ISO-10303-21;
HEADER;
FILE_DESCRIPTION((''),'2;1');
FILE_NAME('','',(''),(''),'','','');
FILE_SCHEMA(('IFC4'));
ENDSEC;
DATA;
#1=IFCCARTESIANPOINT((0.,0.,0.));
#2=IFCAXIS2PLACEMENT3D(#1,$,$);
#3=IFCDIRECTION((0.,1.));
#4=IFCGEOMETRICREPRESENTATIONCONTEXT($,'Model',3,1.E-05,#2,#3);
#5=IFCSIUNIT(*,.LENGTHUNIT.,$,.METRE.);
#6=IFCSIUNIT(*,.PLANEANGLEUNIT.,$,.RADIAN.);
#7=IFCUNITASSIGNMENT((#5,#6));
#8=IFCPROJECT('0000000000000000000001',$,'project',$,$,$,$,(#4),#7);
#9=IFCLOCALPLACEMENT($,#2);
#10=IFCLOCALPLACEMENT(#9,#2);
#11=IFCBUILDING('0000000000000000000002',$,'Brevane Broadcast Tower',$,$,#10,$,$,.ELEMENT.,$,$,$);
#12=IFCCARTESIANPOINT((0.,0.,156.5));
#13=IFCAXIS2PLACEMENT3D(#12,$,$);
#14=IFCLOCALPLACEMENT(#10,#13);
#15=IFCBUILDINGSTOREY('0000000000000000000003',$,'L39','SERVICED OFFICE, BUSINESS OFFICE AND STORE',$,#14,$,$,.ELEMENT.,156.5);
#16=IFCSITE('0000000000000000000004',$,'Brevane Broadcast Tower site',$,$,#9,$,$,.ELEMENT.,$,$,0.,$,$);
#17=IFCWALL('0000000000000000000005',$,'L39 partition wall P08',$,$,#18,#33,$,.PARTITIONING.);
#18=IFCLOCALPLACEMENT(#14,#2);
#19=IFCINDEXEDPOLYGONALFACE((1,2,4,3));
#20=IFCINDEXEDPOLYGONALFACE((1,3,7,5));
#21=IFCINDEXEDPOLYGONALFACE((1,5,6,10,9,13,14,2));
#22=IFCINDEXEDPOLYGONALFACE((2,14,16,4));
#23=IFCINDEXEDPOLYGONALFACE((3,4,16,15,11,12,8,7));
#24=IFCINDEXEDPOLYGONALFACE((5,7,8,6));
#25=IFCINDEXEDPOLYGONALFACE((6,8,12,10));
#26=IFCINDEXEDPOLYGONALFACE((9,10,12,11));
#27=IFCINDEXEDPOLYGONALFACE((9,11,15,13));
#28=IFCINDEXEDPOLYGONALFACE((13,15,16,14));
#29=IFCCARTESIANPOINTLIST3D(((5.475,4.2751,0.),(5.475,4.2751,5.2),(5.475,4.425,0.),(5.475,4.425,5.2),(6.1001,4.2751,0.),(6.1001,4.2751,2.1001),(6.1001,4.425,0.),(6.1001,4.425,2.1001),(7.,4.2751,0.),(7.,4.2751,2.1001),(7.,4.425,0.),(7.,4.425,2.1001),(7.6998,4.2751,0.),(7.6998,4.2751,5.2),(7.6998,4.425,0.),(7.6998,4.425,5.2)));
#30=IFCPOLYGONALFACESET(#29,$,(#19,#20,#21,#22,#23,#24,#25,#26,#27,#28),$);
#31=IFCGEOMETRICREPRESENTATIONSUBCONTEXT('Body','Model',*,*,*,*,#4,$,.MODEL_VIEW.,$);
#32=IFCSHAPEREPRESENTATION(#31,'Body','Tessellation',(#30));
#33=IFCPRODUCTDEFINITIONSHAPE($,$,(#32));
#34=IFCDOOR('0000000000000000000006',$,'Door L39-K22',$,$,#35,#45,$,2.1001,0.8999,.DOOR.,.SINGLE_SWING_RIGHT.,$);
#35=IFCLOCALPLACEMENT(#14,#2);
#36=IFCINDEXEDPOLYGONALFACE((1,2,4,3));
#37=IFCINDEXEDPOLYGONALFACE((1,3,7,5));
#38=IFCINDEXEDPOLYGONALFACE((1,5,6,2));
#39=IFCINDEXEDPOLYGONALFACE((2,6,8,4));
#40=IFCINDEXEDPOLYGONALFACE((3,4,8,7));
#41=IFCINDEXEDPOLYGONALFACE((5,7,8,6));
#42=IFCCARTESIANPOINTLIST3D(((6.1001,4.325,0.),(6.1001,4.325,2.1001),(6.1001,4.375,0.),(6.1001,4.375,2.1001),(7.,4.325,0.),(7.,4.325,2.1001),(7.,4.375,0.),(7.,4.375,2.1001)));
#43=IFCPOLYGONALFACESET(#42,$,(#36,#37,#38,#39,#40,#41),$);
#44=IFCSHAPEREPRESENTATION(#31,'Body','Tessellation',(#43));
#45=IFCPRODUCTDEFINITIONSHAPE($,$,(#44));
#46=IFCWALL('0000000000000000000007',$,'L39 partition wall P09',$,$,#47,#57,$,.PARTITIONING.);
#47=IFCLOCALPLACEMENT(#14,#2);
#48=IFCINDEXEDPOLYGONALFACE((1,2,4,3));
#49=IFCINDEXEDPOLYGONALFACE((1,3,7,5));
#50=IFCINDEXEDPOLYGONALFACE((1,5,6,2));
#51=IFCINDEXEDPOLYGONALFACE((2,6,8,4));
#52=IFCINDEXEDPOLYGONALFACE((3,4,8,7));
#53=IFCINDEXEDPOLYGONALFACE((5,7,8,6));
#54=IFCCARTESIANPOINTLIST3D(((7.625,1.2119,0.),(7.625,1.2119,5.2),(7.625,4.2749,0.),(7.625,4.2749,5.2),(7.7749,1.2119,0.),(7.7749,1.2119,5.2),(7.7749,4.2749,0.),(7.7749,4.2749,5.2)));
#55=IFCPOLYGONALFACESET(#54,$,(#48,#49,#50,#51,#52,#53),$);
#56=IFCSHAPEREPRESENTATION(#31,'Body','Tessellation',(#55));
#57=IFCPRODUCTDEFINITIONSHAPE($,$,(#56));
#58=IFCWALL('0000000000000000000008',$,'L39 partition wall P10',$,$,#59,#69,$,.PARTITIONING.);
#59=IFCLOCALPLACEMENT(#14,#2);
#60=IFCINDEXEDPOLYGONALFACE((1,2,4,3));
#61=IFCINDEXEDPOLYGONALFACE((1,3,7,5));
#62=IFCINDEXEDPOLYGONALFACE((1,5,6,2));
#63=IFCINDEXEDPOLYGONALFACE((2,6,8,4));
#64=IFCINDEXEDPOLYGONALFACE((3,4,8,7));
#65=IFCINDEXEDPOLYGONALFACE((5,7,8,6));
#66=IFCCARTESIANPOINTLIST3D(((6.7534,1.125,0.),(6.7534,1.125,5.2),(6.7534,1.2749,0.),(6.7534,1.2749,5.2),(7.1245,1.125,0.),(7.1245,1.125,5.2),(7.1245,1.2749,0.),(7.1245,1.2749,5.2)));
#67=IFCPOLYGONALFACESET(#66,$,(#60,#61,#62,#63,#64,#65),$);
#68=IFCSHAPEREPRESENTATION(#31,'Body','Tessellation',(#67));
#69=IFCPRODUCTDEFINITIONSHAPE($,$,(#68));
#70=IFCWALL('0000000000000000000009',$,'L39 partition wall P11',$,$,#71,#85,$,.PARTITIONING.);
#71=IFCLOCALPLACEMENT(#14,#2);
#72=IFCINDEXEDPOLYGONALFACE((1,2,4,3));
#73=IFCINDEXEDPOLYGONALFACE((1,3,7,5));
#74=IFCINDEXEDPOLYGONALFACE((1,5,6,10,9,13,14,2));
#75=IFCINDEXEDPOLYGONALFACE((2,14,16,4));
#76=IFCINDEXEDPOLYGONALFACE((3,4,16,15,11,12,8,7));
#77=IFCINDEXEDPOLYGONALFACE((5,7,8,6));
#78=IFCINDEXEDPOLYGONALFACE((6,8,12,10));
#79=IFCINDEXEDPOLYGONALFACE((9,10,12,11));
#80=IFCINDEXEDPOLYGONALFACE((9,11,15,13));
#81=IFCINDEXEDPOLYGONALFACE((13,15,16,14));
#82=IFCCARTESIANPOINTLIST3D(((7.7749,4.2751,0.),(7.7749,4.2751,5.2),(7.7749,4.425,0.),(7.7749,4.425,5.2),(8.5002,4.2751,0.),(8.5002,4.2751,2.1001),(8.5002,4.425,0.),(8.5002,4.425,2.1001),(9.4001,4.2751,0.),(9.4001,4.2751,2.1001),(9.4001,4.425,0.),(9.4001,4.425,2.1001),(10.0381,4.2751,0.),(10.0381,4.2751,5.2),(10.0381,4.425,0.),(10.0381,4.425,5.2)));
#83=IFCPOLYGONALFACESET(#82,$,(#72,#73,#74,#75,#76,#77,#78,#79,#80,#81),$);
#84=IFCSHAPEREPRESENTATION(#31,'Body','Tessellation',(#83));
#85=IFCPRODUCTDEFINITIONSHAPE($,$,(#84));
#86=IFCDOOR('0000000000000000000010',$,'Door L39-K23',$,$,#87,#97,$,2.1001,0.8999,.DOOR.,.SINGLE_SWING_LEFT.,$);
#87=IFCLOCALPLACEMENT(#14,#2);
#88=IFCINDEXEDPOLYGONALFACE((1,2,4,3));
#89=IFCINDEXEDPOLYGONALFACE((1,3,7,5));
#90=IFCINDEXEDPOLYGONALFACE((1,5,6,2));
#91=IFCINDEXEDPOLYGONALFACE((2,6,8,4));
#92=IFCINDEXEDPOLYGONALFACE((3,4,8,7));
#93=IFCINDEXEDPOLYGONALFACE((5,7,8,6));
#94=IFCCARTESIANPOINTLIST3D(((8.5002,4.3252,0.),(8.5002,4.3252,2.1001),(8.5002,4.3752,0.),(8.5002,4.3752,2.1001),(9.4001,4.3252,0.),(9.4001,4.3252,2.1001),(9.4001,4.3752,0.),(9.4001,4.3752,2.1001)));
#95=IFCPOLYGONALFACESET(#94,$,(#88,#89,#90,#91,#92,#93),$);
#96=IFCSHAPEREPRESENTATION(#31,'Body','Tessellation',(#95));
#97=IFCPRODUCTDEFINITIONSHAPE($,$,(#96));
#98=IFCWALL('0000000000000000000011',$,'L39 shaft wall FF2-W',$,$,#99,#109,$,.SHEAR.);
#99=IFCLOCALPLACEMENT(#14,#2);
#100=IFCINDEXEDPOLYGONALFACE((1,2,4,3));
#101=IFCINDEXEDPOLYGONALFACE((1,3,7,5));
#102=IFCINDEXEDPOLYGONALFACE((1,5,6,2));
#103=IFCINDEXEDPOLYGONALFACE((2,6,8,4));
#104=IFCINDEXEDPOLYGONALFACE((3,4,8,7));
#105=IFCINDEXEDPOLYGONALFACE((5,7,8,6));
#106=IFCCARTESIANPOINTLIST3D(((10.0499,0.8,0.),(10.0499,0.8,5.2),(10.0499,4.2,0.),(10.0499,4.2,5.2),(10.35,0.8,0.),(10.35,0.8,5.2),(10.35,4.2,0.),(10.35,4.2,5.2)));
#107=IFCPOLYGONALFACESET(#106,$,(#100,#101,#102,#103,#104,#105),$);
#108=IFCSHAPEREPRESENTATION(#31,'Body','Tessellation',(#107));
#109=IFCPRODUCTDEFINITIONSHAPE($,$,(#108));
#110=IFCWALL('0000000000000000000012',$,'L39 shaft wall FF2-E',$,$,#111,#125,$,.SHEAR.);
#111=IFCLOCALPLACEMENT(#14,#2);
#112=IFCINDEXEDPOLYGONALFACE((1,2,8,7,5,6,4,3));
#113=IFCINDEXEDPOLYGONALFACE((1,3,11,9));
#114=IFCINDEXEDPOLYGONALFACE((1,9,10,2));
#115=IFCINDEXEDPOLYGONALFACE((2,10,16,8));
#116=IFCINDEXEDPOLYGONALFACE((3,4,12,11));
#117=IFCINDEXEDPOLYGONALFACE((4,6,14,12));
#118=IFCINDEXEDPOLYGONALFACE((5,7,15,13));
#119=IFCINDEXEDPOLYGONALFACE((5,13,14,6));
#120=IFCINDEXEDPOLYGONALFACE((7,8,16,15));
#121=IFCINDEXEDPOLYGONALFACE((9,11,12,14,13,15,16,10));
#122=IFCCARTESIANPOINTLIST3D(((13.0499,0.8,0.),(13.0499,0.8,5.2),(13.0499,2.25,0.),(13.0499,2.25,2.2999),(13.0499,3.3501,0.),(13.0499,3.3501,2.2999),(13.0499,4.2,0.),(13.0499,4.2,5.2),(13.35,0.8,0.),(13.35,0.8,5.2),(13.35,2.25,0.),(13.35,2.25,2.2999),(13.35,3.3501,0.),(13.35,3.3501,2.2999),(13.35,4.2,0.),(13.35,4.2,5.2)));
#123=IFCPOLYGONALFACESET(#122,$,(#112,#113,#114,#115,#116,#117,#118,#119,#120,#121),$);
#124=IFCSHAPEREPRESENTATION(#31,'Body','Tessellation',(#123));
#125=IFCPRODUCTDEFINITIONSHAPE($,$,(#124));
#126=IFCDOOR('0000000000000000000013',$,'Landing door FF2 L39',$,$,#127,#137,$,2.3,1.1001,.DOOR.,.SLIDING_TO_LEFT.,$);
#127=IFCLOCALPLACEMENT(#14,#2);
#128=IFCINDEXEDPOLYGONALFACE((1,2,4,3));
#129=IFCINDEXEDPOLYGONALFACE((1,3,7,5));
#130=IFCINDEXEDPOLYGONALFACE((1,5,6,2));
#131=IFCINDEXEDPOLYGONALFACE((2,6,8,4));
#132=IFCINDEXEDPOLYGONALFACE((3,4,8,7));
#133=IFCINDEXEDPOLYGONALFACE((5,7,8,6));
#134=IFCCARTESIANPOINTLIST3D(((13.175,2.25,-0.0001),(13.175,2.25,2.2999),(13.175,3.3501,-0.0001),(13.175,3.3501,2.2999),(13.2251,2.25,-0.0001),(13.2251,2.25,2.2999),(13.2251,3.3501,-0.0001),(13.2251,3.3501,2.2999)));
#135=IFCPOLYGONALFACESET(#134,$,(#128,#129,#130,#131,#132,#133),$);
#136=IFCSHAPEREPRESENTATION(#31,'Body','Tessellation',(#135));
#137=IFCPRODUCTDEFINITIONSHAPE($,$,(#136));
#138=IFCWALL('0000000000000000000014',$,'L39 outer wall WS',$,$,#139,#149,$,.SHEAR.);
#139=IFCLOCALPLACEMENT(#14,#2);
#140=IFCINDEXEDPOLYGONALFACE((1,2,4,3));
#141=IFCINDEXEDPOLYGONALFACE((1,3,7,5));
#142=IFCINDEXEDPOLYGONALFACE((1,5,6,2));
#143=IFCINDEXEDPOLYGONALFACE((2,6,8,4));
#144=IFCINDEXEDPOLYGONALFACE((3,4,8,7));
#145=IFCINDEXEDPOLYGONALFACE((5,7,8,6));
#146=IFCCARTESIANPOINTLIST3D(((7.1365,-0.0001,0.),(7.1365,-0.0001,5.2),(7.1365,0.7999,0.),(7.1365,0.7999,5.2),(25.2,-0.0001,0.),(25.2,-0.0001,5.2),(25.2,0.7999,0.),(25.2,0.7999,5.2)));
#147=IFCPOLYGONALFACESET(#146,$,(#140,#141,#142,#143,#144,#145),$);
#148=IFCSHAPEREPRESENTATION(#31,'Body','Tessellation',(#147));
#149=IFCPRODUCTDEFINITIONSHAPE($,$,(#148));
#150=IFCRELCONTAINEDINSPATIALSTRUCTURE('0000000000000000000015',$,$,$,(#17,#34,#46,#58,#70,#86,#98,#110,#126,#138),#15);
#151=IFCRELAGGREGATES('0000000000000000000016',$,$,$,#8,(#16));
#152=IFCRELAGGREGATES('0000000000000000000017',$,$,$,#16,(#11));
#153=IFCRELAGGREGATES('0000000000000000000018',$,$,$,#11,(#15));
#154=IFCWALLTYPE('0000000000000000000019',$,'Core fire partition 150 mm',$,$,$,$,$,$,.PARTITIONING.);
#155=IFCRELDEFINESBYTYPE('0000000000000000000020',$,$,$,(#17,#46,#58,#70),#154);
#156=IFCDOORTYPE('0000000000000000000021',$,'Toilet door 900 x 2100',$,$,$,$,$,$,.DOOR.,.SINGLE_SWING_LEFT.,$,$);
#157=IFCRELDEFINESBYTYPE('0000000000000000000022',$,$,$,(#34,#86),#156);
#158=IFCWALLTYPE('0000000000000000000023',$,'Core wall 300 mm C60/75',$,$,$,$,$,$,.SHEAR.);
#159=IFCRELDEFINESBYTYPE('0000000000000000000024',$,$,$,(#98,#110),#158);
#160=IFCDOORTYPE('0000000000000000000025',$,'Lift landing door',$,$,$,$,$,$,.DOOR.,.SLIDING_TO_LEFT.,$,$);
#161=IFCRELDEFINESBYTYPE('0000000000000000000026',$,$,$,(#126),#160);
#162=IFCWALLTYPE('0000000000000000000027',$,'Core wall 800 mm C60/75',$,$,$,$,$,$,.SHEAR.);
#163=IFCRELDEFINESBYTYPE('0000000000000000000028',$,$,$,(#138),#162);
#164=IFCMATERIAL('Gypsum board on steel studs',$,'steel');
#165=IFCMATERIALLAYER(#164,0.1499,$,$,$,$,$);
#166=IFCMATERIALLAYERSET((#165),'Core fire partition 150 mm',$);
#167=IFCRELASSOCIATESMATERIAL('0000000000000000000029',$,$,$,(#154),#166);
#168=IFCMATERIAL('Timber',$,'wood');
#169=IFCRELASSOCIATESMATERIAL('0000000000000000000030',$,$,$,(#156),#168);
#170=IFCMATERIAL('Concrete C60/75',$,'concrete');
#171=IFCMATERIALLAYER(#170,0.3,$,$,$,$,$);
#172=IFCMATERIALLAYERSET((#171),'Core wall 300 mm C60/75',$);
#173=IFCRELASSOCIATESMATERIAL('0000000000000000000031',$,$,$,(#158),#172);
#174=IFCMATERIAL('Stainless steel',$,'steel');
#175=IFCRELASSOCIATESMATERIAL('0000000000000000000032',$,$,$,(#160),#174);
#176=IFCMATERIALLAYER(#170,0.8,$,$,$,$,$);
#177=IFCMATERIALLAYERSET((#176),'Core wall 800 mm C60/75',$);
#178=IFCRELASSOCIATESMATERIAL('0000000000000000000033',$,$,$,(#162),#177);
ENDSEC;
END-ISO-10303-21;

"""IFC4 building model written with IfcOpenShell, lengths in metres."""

from ifc_helpers import new_model, si_unit, direction, frame, frame_2d, origin, place, context, subcontext, project, spatial, rectangle, extrude, material, layer, layer_set, type_object, element, fill, save


model = new_model("IFC4")

# Units and contexts
model_context = context("Model", 3, precision=1e-05, world=origin(), true_north=direction((0.0, 1.0)))
body_context = subcontext(model_context, "Body", "Model", "MODEL_VIEW")
ifc_project = project(units=[si_unit("LENGTHUNIT", "METRE"), si_unit("PLANEANGLEUNIT", "RADIAN")], contexts=[model_context])

# Site, building, storey
site_placement = place(None, origin())
site = spatial("IfcSite", under=ifc_project, at=site_placement, Name="Brevane Broadcast Tower site", CompositionType="ELEMENT", RefElevation=0.0)
building_placement = place(site_placement, origin())
building = spatial("IfcBuilding", under=site, at=building_placement, Name="Brevane Broadcast Tower", CompositionType="ELEMENT")
storey_placement = place(building_placement, frame((0.0, 0.0, 156.5)))
storey = spatial("IfcBuildingStorey", under=building, at=storey_placement, Name="L39", Description="SERVICED OFFICE, BUSINESS OFFICE AND STORE", CompositionType="ELEMENT", Elevation=156.5)

# Shared definitions
ifc_material_1 = material(Name="Gypsum board on steel studs", Category="steel")
ifc_layer_1 = layer(ifc_material_1, 0.1499)
ifc_layer_set_1 = layer_set([ifc_layer_1], Name="Core fire partition 150 mm")
wall_type_1 = type_object("IfcWallType", Name="Core fire partition 150 mm", PredefinedType="PARTITIONING", material=ifc_layer_set_1)

# Wall, opening, door
wall_1_placement = place(storey_placement, frame((5.4751, 4.3501, 0.0), z_axis=(0.0, 0.0, 1.0), x_axis=(1.0, 0.0, 0.0)))
wall_1 = element("IfcWall", 1, at=wall_1_placement, inside=storey, type_object=wall_type_1, Name="L39 partition wall P08", PredefinedType="PARTITIONING", context=body_context, shape_type="SweptSolid", body=[
    extrude(rectangle(XDim=2.2249, YDim=0.1499, at=frame_2d((1.1123, 0.0))), origin(), (0.0, 0.0, 1.0), 5.2),
])
opening_1_placement = place(wall_1_placement, frame((0.625, 0.0, 0.0)))
opening_1 = element("IfcOpeningElement", 2, at=opening_1_placement, cuts=wall_1, PredefinedType="OPENING", context=body_context, shape_type="SweptSolid", body=[
    extrude(rectangle(XDim=0.8999, YDim=2.1001, at=frame_2d((0.45, 1.05))), frame((0.0, 0.085, 0.0), z_axis=(0.0, -1.0, 0.0), x_axis=(1.0, 0.0, 0.0)), (0.0, 0.0, 1.0), 0.1699),
])
ifc_material_2 = material(Name="Timber", Category="wood")
door_type_1 = type_object("IfcDoorType", Name="Toilet door 900 x 2100", OperationType="SINGLE_SWING_LEFT", PredefinedType="DOOR", material=ifc_material_2)
door_1_placement = place(opening_1_placement, origin())
door_1 = element("IfcDoor", 3, at=door_1_placement, inside=storey, type_object=door_type_1, Name="Door L39-K22", OperationType="SINGLE_SWING_RIGHT", OverallHeight=2.1001, OverallWidth=0.8999, PredefinedType="DOOR", context=body_context, shape_type="SweptSolid", body=[
    extrude(rectangle(XDim=0.8999, YDim=2.1001, at=frame_2d((0.45, 1.05))), frame((0.0, 0.0249, 0.0), z_axis=(0.0, -1.0, 0.0), x_axis=(1.0, 0.0, 0.0)), (0.0, 0.0, 1.0), 0.05),
])
fill(opening_1, door_1)

# Walls
wall_2_placement = place(storey_placement, frame((7.7, 4.2749, 0.0), z_axis=(0.0, 0.0, 1.0), x_axis=(0.0, -1.0, 0.0)))
element("IfcWall", 4, at=wall_2_placement, inside=storey, type_object=wall_type_1, Name="L39 partition wall P09", PredefinedType="PARTITIONING", context=body_context, shape_type="SweptSolid", body=[
    extrude(rectangle(XDim=3.063, YDim=0.1499, at=frame_2d((1.5315, 0.0))), origin(), (0.0, 0.0, 1.0), 5.2),
])
wall_3_placement = place(storey_placement, frame((7.1245, 1.2, 0.0), z_axis=(0.0, 0.0, 1.0), x_axis=(-1.0, 0.0, 0.0)))
element("IfcWall", 5, at=wall_3_placement, inside=storey, type_object=wall_type_1, Name="L39 partition wall P10", PredefinedType="PARTITIONING", context=body_context, shape_type="SweptSolid", body=[
    extrude(rectangle(XDim=0.3711, YDim=0.1499, at=frame_2d((0.1855, 0.0))), origin(), (0.0, 0.0, 1.0), 5.2),
])

# Wall, opening, door
wall_4_placement = place(storey_placement, frame((10.0381, 4.3501, 0.0), z_axis=(0.0, 0.0, 1.0), x_axis=(-1.0, 0.0, 0.0)))
wall_4 = element("IfcWall", 6, at=wall_4_placement, inside=storey, type_object=wall_type_1, Name="L39 partition wall P11", PredefinedType="PARTITIONING", context=body_context, shape_type="SweptSolid", body=[
    extrude(rectangle(XDim=2.2632, YDim=0.1499, at=frame_2d((1.1316, 0.0))), origin(), (0.0, 0.0, 1.0), 5.2),
])
opening_2_placement = place(wall_4_placement, frame((0.6379, 0.0, 0.0)))
opening_2 = element("IfcOpeningElement", 7, at=opening_2_placement, cuts=wall_4, PredefinedType="OPENING", context=body_context, shape_type="SweptSolid", body=[
    extrude(rectangle(XDim=0.8999, YDim=2.1001, at=frame_2d((0.45, 1.05))), frame((0.0, 0.085, 0.0), z_axis=(0.0, -1.0, 0.0), x_axis=(1.0, 0.0, 0.0)), (0.0, 0.0, 1.0), 0.1699),
])
door_2_placement = place(opening_2_placement, origin())
door_2 = element("IfcDoor", 8, at=door_2_placement, inside=storey, type_object=door_type_1, Name="Door L39-K23", OperationType="SINGLE_SWING_LEFT", OverallHeight=2.1001, OverallWidth=0.8999, PredefinedType="DOOR", context=body_context, shape_type="SweptSolid", body=[
    extrude(rectangle(XDim=0.8999, YDim=2.1001, at=frame_2d((0.45, 1.05))), frame((0.0, 0.0249, 0.0), z_axis=(0.0, -1.0, 0.0), x_axis=(1.0, 0.0, 0.0)), (0.0, 0.0, 1.0), 0.05),
])
fill(opening_2, door_2)

# Wall
ifc_material_3 = material(Name="Concrete C60/75", Category="concrete")
ifc_layer_2 = layer(ifc_material_3, 0.3)
ifc_layer_set_2 = layer_set([ifc_layer_2], Name="Core wall 300 mm C60/75")
wall_type_2 = type_object("IfcWallType", Name="Core wall 300 mm C60/75", PredefinedType="SHEAR", material=ifc_layer_set_2)
wall_5_placement = place(storey_placement, frame((10.2, 0.8, 0.0), z_axis=(0.0, 0.0, 1.0), x_axis=(0.0, 1.0, 0.0)))
element("IfcWall", 9, at=wall_5_placement, inside=storey, type_object=wall_type_2, Name="L39 shaft wall FF2-W", PredefinedType="SHEAR", context=body_context, shape_type="SweptSolid", body=[
    extrude(rectangle(XDim=3.3999, YDim=0.3, at=frame_2d((1.7, 0.0))), origin(), (0.0, 0.0, 1.0), 5.2),
])

# Wall, opening, door
wall_6_placement = place(storey_placement, frame((13.2, 0.8, 0.0), z_axis=(0.0, 0.0, 1.0), x_axis=(0.0, 1.0, 0.0)))
wall_6 = element("IfcWall", 10, at=wall_6_placement, inside=storey, type_object=wall_type_2, Name="L39 shaft wall FF2-E", PredefinedType="SHEAR", context=body_context, shape_type="SweptSolid", body=[
    extrude(rectangle(XDim=3.3999, YDim=0.3, at=frame_2d((1.7, 0.0))), origin(), (0.0, 0.0, 1.0), 5.2),
])
opening_3_placement = place(wall_6_placement, frame((1.45, 0.0, 0.0)))
opening_3 = element("IfcOpeningElement", 11, at=opening_3_placement, cuts=wall_6, PredefinedType="OPENING", context=body_context, shape_type="SweptSolid", body=[
    extrude(rectangle(XDim=1.1001, YDim=2.3, at=frame_2d((0.55, 1.1499))), frame((0.0, 0.1599, 0.0), z_axis=(0.0, -1.0, 0.0), x_axis=(1.0, 0.0, 0.0)), (0.0, 0.0, 1.0), 0.3201),
])
ifc_material_4 = material(Name="Stainless steel", Category="steel")
door_type_2 = type_object("IfcDoorType", Name="Lift landing door", OperationType="SLIDING_TO_LEFT", PredefinedType="DOOR", material=ifc_material_4)
door_3_placement = place(opening_3_placement, origin())
door_3 = element("IfcDoor", 12, at=door_3_placement, inside=storey, type_object=door_type_2, Name="Landing door FF2 L39", OperationType="SLIDING_TO_LEFT", OverallHeight=2.3, OverallWidth=1.1001, PredefinedType="DOOR", context=body_context, shape_type="SweptSolid", body=[
    extrude(rectangle(XDim=1.1001, YDim=2.3, at=frame_2d((0.55, 1.1499))), frame((0.0, 0.0249, 0.0), z_axis=(0.0, -1.0, 0.0), x_axis=(1.0, 0.0, 0.0)), (0.0, 0.0, 1.0), 0.05),
])
fill(opening_3, door_3)

# Wall
ifc_layer_3 = layer(ifc_material_3, 0.8)
ifc_layer_set_3 = layer_set([ifc_layer_3], Name="Core wall 800 mm C60/75")
wall_type_3 = type_object("IfcWallType", Name="Core wall 800 mm C60/75", PredefinedType="SHEAR", material=ifc_layer_set_3)
wall_7_placement = place(storey_placement, frame((7.1365, 0.3999, 0.0), z_axis=(0.0, 0.0, 1.0), x_axis=(1.0, 0.0, 0.0)))
element("IfcWall", 13, at=wall_7_placement, inside=storey, type_object=wall_type_3, Name="L39 outer wall WS", PredefinedType="SHEAR", context=body_context, shape_type="SweptSolid", body=[
    extrude(rectangle(XDim=18.0635, YDim=0.8, at=frame_2d((9.0317, 0.0))), origin(), (0.0, 0.0, 1.0), 5.2),
])

save(model, "model.ifc")
